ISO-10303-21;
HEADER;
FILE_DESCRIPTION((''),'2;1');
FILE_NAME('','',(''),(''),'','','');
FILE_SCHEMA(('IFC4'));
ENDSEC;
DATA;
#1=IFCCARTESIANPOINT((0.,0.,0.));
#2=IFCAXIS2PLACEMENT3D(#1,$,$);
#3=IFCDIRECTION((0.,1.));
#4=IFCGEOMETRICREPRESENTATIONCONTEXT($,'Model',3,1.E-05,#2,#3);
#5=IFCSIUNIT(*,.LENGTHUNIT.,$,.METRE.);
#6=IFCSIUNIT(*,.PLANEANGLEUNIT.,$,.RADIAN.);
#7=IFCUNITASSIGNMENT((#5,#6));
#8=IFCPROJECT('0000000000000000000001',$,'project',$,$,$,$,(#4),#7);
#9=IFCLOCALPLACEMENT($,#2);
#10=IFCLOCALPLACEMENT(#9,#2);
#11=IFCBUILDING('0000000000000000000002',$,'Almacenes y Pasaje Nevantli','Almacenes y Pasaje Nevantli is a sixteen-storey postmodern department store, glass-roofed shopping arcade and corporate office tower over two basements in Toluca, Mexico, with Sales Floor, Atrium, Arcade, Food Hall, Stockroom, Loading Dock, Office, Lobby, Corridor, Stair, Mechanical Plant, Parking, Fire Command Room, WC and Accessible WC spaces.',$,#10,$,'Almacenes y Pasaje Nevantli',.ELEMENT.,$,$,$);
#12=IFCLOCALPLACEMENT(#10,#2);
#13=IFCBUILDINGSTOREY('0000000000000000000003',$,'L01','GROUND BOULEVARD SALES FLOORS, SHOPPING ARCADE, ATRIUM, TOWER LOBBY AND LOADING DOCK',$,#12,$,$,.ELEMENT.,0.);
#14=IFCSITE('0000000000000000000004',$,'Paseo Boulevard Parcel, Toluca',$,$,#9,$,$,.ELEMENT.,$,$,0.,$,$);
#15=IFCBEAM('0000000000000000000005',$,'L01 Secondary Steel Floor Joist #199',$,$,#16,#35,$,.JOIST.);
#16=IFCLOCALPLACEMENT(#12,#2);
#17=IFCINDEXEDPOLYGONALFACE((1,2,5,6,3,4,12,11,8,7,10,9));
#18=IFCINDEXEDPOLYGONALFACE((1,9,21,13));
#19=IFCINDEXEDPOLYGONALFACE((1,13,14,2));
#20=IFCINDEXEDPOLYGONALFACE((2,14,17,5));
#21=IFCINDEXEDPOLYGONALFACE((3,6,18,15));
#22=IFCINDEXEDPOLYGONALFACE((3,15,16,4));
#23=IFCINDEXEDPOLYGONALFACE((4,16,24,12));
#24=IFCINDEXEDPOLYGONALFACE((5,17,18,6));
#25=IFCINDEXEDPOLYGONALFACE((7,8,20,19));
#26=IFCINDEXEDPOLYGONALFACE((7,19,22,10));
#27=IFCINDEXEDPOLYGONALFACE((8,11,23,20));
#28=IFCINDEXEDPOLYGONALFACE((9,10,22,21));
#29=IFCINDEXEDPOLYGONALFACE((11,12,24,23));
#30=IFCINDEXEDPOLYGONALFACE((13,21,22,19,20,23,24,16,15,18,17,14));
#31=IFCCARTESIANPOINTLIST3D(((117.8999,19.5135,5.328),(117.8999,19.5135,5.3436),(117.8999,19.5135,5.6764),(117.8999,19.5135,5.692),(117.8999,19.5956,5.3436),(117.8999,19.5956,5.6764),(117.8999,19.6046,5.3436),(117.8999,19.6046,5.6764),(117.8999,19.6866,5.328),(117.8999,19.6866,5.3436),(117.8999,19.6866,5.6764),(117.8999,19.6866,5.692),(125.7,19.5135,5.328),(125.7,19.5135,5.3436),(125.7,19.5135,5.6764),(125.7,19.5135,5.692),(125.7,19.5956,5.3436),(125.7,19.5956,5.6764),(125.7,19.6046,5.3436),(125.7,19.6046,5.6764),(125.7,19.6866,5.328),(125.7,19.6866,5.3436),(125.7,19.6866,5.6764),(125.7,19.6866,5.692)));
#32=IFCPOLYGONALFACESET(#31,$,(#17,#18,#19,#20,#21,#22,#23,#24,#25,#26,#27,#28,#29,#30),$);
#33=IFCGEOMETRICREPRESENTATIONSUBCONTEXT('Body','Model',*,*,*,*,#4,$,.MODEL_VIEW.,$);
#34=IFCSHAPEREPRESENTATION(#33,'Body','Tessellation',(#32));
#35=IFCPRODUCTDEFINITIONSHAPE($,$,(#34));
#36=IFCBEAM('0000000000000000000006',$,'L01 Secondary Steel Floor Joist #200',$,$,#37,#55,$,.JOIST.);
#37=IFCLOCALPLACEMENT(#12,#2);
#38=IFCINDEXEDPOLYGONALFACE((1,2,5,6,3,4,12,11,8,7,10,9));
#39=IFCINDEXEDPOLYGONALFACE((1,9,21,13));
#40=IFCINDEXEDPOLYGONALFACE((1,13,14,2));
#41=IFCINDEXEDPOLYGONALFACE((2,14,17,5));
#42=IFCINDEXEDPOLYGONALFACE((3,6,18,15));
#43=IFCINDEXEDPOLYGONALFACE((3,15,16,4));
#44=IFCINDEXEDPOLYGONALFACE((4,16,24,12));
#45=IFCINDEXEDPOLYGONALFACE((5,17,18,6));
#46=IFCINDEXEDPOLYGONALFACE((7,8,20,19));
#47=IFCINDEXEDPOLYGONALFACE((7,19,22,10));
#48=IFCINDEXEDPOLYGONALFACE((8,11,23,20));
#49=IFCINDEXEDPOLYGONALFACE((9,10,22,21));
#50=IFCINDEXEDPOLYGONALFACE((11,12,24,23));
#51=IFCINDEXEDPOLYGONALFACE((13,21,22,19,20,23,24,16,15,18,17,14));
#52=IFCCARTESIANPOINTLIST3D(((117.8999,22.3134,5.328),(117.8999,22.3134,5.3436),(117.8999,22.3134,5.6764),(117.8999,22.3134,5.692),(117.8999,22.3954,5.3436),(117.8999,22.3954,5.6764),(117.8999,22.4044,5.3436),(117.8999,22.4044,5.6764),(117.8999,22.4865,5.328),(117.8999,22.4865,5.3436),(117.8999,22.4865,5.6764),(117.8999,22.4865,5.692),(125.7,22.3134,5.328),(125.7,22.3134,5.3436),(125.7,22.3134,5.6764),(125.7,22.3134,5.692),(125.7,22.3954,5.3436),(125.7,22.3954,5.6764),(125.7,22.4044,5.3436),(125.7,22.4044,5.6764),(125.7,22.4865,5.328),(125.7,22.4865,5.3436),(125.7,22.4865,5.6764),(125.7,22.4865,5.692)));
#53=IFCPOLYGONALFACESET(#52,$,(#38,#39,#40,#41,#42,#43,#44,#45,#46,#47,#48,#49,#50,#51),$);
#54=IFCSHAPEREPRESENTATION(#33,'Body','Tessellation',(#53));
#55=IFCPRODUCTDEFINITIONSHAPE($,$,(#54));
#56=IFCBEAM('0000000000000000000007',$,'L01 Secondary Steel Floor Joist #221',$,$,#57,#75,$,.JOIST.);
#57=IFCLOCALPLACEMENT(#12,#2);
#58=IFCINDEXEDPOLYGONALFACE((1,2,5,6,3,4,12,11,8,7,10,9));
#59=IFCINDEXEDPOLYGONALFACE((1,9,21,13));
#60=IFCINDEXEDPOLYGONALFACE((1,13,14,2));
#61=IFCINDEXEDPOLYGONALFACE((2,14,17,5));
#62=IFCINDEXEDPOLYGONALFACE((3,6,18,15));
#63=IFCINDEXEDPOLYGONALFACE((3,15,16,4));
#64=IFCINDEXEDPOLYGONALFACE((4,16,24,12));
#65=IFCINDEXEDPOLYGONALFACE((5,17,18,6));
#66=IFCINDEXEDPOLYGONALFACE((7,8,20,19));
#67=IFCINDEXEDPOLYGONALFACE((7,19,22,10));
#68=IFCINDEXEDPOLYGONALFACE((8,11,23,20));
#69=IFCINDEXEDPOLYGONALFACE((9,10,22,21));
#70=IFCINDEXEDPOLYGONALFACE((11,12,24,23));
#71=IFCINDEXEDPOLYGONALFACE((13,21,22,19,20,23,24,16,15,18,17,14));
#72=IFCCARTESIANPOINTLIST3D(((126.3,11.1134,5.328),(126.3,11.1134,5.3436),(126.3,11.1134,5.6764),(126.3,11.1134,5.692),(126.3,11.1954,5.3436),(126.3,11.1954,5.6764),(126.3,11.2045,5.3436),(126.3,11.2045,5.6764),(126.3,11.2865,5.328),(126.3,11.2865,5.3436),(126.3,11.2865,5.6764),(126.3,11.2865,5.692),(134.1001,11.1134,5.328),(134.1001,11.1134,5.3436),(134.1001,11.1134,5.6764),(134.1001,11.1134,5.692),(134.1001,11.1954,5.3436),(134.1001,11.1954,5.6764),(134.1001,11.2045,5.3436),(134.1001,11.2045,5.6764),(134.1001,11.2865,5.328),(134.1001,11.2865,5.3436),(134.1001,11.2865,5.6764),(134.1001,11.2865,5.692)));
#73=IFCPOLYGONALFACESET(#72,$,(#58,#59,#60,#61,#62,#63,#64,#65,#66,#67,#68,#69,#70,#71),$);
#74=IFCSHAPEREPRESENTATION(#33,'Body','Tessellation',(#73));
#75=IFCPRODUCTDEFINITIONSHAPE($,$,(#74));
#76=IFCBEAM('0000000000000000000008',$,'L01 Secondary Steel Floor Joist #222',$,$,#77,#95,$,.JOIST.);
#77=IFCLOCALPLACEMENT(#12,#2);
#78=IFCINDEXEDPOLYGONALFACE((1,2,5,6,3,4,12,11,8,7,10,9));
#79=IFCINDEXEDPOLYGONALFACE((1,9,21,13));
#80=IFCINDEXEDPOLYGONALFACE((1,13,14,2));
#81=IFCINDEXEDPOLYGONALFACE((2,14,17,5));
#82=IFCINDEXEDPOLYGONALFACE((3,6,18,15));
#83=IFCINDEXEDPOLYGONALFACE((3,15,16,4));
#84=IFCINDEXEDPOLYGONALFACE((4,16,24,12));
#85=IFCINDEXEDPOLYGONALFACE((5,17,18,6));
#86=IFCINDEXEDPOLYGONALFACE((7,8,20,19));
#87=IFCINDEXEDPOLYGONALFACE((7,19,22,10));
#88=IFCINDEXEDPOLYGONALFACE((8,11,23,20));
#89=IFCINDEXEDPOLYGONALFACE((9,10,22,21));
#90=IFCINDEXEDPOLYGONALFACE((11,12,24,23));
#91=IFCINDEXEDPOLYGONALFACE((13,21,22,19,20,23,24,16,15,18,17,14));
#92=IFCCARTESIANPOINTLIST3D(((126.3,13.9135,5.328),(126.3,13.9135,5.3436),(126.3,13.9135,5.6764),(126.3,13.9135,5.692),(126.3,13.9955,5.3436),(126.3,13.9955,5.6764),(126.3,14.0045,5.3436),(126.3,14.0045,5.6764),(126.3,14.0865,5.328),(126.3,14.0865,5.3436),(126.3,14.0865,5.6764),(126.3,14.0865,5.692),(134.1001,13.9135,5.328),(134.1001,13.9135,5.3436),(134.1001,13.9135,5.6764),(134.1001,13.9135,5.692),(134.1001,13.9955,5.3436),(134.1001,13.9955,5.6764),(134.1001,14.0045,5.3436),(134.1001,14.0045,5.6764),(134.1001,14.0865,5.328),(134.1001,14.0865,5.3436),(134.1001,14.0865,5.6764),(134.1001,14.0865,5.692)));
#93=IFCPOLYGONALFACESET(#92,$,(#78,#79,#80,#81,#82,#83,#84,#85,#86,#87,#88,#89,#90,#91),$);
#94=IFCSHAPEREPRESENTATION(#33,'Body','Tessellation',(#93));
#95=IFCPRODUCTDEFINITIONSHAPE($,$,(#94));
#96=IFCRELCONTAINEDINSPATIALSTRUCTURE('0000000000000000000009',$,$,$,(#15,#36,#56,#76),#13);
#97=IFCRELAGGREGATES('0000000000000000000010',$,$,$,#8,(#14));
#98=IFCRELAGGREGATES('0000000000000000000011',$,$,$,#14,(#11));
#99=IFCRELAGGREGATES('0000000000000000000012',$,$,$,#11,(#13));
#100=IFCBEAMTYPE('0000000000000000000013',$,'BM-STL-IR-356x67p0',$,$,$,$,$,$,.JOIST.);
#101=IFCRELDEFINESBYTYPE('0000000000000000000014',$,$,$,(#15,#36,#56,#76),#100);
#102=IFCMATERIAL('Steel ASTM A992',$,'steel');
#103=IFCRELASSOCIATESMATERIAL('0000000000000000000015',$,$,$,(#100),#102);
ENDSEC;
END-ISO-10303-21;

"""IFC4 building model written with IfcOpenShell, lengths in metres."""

from ifc_helpers import new_model, si_unit, direction, frame, origin, origin_2d, place, context, subcontext, project, spatial, i_section, extrude, material, material_profile, profile_set, type_object, element, save


model = new_model("IFC4")

# Units and contexts
model_context = context("Model", 3, precision=1e-05, world=origin(), true_north=direction((0.0, 1.0)))
body_context = subcontext(model_context, "Body", "Model", "MODEL_VIEW")
ifc_project = project(units=[si_unit("LENGTHUNIT", "METRE"), si_unit("PLANEANGLEUNIT", "RADIAN")], contexts=[model_context])

# Site, building, storey
site_placement = place(None, origin())
site = spatial("IfcSite", under=ifc_project, at=site_placement, Name="Paseo Boulevard Parcel, Toluca", CompositionType="ELEMENT", RefElevation=0.0)
building_placement = place(site_placement, origin())
building = spatial("IfcBuilding", under=site, at=building_placement, Name="Almacenes y Pasaje Nevantli", Description="Almacenes y Pasaje Nevantli is a sixteen-storey postmodern department store, glass-roofed shopping arcade and corporate office tower over two basements in Toluca, Mexico, with Sales Floor, Atrium, Arcade, Food Hall, Stockroom, Loading Dock, Office, Lobby, Corridor, Stair, Mechanical Plant, Parking, Fire Command Room, WC and Accessible WC spaces.", LongName="Almacenes y Pasaje Nevantli", CompositionType="ELEMENT")
storey_placement = place(building_placement, origin())
storey = spatial("IfcBuildingStorey", under=building, at=storey_placement, Name="L01", Description="GROUND BOULEVARD SALES FLOORS, SHOPPING ARCADE, ATRIUM, TOWER LOBBY AND LOADING DOCK", CompositionType="ELEMENT", Elevation=0.0)

# Beams
ifc_material_1 = material(Name="Steel ASTM A992", Category="steel")
ifc_material_profile_1 = material_profile(ifc_material_1, i_section(OverallWidth=0.1731, OverallDepth=0.364, WebThickness=0.009, FlangeThickness=0.0156, at=origin_2d()), Name="IR 356x67.0")
ifc_profile_set_1 = profile_set([ifc_material_profile_1], Name="Steel ASTM A992")
beam_type_1 = type_object("IfcBeamType", Name="BM-STL-IR-356x67p0", PredefinedType="JOIST", material=ifc_profile_set_1)
for number, where, z_axis, x_axis, name in (
    (1, (117.8999, 19.6001, 5.51), (1.0, 0.0, 0.0), (0.0, 1.0, 0.0), "L01 Secondary Steel Floor Joist #199"),
    (2, (117.8999, 22.3999, 5.51), (1.0, 0.0, 0.0), (0.0, 1.0, 0.0), "L01 Secondary Steel Floor Joist #200"),
    (3, (126.3, 11.2, 5.51), (1.0, 0.0, 0.0), (0.0, 1.0, 0.0), "L01 Secondary Steel Floor Joist #221"),
    (4, (126.3, 14.0, 5.51), (1.0, 0.0, 0.0), (0.0, 1.0, 0.0), "L01 Secondary Steel Floor Joist #222"),
):
    element("IfcBeam", number, at=place(storey_placement, frame(where, z_axis=z_axis, x_axis=x_axis)), inside=storey, type_object=beam_type_1, Name=name, PredefinedType="JOIST", context=body_context, shape_type="SweptSolid", body=[
        extrude(i_section(OverallWidth=0.1731, OverallDepth=0.364, WebThickness=0.009, FlangeThickness=0.0156, at=origin_2d()), origin(), (0.0, 0.0, 1.0), 7.8),
    ])

save(model, "model.ifc")
